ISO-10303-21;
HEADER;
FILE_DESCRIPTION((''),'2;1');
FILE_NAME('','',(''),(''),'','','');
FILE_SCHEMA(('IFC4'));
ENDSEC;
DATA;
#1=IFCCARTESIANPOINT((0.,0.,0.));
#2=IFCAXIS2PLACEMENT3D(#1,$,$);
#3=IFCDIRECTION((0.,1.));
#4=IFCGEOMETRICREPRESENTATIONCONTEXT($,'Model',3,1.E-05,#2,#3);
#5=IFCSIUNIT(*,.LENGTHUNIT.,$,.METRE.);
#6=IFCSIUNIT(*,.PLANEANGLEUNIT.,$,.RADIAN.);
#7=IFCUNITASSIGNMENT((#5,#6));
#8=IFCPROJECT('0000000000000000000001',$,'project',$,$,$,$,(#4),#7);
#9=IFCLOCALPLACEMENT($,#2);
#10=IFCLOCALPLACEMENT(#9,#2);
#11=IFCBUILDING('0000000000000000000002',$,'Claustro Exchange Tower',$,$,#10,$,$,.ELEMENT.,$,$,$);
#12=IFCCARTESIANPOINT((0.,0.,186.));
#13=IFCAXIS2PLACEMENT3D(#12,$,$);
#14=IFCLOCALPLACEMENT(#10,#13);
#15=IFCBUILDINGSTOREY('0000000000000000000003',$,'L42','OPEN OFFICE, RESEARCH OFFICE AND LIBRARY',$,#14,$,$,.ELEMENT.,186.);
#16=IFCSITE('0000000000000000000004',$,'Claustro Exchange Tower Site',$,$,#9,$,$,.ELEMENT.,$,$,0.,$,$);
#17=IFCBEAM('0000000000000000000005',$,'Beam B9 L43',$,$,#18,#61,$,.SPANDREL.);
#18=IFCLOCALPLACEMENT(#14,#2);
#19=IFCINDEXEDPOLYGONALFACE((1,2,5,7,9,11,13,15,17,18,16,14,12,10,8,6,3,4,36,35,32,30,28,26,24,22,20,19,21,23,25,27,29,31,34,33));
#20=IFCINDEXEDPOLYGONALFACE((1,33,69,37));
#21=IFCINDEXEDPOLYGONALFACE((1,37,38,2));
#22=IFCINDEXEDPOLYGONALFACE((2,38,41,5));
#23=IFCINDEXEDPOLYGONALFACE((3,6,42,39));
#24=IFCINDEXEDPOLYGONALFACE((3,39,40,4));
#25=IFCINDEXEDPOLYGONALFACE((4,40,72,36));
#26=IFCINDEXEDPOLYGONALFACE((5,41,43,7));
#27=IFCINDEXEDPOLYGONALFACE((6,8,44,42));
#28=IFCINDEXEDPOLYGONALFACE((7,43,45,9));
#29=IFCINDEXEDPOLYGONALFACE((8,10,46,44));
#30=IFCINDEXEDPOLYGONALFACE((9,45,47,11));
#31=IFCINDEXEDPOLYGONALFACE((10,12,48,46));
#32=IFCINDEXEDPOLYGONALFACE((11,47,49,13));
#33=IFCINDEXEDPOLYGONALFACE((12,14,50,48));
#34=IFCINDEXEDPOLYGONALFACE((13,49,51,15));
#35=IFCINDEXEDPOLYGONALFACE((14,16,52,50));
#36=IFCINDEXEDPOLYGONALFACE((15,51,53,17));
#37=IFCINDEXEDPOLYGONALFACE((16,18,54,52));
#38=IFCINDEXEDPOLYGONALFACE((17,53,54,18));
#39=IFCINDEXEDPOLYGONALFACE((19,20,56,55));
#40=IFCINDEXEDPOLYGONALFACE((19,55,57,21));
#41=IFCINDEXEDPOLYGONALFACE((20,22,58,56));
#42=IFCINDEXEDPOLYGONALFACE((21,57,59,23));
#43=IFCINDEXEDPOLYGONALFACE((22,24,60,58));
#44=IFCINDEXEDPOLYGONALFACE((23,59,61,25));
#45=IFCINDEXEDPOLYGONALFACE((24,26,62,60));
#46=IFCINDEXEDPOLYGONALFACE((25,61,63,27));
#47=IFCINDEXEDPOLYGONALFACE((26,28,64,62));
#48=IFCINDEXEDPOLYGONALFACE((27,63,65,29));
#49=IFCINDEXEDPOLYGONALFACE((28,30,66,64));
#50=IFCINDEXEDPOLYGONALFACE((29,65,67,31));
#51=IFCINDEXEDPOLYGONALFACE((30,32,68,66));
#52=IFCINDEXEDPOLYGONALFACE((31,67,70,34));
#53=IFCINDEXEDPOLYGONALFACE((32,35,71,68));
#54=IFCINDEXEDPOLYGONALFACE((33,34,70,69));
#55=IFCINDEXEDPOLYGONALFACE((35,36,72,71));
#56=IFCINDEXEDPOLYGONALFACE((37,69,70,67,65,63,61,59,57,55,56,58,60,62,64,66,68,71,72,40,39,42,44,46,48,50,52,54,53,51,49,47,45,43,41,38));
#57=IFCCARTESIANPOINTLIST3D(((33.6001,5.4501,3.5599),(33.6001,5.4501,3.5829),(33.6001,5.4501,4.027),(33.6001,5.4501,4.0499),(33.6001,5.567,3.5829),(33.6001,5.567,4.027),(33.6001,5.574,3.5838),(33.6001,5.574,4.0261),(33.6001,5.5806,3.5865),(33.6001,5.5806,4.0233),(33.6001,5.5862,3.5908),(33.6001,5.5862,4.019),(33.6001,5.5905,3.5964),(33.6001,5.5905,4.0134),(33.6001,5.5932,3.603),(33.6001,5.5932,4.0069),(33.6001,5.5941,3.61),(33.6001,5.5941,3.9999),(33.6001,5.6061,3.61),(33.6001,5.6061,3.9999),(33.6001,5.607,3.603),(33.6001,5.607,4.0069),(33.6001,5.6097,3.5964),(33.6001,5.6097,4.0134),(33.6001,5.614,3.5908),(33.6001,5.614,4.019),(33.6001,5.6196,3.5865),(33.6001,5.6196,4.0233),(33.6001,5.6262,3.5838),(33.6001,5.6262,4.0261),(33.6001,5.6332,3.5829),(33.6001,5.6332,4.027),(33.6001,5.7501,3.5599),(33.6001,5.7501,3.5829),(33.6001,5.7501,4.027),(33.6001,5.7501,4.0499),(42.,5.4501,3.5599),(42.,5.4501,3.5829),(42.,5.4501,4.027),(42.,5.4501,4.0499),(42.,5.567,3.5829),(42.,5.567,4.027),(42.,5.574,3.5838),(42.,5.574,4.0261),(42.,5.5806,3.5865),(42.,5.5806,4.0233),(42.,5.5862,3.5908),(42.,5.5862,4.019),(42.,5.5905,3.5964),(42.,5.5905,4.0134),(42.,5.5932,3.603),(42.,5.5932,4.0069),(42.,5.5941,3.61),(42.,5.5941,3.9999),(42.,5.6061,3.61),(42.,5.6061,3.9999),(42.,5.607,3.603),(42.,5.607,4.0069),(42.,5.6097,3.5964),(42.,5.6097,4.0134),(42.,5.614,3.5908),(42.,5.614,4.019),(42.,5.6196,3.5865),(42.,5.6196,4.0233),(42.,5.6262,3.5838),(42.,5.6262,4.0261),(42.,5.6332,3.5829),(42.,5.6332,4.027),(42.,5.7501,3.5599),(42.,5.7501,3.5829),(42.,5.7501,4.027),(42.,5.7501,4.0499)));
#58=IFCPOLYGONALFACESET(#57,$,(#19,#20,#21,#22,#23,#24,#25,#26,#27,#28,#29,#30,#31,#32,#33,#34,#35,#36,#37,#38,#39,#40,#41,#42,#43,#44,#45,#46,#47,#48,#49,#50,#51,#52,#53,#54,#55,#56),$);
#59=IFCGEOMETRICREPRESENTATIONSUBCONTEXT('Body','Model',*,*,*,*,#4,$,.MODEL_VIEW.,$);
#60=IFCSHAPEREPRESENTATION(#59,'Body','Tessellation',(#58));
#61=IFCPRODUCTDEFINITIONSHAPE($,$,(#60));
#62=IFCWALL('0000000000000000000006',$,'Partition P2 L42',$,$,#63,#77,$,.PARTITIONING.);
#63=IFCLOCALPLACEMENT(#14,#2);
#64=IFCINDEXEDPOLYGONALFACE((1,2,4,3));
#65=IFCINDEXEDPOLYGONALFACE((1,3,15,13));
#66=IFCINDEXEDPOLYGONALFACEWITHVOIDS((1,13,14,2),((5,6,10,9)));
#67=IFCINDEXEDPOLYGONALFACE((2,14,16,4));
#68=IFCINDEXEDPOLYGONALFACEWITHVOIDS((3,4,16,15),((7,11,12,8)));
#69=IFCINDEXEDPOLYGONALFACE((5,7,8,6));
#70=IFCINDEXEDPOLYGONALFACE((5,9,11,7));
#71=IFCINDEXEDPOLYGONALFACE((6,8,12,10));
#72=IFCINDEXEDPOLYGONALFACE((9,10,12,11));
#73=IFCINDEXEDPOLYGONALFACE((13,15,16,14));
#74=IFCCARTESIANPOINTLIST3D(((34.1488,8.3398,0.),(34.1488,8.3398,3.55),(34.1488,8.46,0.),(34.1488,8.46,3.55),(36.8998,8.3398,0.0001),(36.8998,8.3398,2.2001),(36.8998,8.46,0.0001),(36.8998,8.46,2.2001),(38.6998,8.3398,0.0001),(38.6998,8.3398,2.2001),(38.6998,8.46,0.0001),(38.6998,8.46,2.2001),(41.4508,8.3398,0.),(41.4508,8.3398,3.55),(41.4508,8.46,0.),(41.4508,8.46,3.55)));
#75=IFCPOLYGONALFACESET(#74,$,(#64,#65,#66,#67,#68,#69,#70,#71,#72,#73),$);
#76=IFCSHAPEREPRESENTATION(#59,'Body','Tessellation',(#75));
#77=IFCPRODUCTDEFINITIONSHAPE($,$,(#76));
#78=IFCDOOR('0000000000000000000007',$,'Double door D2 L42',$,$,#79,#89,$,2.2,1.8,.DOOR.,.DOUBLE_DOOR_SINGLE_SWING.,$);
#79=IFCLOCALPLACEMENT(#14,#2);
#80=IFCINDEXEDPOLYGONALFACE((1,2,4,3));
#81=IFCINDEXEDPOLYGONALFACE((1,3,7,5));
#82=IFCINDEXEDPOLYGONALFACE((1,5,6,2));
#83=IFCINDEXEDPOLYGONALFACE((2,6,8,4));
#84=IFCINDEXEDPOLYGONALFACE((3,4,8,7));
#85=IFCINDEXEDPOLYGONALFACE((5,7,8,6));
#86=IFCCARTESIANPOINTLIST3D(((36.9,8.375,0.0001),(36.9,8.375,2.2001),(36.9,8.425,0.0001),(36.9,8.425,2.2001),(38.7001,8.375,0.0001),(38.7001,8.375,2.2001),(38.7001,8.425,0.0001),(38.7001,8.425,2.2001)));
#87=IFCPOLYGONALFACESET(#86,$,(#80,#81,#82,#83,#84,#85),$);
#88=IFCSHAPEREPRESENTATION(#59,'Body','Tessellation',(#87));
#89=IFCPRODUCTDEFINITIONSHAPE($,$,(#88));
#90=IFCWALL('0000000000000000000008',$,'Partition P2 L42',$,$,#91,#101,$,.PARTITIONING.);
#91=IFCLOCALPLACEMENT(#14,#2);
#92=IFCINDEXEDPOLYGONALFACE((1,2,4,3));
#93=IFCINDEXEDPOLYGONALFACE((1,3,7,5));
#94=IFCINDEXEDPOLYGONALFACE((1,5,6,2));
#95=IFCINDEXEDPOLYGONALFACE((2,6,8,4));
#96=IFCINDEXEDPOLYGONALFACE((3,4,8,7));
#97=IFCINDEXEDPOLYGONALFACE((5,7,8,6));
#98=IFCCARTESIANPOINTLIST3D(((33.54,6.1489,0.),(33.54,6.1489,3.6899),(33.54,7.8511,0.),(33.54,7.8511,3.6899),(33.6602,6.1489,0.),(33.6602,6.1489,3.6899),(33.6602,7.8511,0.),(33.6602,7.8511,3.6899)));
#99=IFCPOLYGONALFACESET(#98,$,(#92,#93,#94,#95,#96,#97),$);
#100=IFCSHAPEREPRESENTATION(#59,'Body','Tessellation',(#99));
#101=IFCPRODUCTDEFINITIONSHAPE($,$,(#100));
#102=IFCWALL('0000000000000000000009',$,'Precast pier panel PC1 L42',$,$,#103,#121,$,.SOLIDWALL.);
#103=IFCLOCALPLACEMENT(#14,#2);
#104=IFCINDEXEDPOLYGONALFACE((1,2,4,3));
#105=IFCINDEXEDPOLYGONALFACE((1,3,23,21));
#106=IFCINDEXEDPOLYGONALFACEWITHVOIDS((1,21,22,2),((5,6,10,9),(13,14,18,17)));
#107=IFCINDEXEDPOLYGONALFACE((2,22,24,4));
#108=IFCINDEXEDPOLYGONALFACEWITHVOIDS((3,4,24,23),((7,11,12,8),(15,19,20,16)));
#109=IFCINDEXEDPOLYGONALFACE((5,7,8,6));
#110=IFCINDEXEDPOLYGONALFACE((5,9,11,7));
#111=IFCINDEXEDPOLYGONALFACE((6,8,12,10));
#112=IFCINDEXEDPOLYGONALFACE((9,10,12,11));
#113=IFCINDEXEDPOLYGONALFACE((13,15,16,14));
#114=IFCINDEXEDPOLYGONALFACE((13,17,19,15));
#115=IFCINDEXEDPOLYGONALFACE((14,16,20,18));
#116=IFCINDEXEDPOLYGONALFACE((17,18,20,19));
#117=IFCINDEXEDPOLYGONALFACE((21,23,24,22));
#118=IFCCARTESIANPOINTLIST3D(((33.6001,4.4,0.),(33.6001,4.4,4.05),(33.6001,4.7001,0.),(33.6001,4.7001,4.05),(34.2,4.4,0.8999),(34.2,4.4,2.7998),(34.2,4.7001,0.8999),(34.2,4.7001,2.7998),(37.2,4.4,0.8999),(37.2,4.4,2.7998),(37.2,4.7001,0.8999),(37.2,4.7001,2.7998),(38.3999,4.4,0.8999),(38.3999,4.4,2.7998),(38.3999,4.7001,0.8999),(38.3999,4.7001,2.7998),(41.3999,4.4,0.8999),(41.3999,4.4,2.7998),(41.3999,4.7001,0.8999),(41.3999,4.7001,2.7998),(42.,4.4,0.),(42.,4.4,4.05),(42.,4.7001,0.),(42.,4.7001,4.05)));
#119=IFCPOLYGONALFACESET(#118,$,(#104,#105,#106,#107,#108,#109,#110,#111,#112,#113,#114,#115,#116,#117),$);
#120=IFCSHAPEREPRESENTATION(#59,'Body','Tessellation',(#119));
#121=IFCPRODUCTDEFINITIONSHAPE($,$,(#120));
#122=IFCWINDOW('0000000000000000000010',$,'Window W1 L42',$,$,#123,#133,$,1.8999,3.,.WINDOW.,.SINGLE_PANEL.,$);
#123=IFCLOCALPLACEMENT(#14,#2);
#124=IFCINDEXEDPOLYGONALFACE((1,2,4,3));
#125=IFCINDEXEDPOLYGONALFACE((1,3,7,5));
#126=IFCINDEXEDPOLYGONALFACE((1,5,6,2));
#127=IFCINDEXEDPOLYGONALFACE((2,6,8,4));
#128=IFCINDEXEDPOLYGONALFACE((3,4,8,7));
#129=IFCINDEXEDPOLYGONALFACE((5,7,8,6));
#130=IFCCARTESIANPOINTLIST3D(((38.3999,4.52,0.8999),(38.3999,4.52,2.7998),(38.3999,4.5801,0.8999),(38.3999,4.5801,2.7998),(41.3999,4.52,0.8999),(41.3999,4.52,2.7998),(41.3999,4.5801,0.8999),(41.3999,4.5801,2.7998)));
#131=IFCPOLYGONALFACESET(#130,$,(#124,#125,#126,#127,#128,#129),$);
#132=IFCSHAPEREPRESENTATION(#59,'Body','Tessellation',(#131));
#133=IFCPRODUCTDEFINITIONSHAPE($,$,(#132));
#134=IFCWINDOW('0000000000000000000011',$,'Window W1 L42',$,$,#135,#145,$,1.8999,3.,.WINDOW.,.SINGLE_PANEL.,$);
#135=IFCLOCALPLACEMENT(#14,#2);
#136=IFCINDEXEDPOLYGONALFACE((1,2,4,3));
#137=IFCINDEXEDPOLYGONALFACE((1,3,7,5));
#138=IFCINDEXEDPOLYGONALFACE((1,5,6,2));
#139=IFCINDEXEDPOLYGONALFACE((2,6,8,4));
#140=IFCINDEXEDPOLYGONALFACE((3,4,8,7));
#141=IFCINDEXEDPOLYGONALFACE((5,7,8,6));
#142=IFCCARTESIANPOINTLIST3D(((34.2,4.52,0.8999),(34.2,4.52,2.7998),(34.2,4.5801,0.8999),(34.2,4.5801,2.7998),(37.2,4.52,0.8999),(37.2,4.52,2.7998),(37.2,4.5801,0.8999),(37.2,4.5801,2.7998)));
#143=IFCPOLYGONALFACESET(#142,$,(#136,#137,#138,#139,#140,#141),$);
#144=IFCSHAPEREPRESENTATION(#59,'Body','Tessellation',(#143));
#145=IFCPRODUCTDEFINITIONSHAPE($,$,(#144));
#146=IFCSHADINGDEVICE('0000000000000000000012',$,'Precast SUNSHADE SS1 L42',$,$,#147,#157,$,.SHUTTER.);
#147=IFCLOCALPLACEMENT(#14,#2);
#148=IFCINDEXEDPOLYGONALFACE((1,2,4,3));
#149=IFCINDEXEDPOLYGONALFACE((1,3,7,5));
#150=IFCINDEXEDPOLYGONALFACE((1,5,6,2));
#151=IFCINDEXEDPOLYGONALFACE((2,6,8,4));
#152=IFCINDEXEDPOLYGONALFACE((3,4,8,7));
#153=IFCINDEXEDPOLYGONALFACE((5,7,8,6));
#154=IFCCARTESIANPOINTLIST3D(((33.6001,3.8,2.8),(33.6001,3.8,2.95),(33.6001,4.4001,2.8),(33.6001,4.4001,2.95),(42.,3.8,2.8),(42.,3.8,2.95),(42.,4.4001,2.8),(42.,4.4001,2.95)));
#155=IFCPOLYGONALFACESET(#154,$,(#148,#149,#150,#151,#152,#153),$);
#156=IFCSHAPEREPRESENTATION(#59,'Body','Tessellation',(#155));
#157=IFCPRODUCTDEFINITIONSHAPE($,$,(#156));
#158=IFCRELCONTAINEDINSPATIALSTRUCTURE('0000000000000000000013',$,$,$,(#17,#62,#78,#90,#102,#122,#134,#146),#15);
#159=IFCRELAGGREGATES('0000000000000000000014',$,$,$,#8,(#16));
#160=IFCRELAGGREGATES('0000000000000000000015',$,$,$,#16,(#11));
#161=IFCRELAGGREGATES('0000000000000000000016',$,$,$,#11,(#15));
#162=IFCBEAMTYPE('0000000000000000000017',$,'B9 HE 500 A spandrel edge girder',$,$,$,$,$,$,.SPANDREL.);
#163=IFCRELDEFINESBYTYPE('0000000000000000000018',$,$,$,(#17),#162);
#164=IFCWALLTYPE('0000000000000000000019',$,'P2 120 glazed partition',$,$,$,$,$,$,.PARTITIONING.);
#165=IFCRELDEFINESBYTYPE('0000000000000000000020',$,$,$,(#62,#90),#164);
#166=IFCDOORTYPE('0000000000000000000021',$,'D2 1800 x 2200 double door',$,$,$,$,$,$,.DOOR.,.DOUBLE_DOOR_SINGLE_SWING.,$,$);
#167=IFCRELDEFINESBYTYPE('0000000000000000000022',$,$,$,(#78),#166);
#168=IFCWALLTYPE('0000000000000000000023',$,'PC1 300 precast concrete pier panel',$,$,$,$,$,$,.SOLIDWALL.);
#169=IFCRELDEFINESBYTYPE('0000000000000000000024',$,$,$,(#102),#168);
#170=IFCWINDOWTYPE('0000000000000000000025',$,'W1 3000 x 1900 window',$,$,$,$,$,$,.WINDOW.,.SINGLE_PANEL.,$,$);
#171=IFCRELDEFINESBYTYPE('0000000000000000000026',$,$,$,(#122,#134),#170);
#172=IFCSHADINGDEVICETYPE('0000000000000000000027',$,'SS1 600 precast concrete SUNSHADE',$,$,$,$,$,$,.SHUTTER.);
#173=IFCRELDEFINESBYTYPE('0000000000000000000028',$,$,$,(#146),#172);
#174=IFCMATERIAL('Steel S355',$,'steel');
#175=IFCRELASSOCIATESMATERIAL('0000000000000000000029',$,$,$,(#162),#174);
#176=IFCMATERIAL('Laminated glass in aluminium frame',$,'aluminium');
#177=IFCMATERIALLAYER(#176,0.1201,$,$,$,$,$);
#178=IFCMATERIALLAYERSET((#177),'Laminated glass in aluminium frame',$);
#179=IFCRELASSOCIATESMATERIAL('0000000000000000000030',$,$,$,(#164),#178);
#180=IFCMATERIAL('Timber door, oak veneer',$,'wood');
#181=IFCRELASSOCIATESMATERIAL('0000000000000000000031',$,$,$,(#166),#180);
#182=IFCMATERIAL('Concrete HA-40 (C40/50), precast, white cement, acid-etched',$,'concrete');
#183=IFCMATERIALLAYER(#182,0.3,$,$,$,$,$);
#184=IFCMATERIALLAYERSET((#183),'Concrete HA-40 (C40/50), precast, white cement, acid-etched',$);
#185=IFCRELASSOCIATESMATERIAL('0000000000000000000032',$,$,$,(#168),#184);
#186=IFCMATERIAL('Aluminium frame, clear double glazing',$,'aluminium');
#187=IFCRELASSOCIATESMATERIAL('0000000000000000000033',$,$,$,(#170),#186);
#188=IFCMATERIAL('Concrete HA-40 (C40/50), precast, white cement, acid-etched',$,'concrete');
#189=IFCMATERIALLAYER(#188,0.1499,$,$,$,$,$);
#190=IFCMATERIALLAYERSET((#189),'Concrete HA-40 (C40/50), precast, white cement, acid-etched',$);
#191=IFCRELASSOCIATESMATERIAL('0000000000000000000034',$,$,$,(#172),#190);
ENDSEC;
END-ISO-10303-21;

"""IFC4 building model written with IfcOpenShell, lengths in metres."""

from ifc_helpers import new_model, si_unit, direction, frame, frame_2d, origin, origin_2d, place, context, subcontext, project, spatial, rectangle, i_section, extrude, material, layer, layer_set, material_profile, profile_set, type_object, element, fill, save


model = new_model("IFC4")

# Units and contexts
model_context = context("Model", 3, precision=1e-05, world=origin(), true_north=direction((0.0, 1.0)))
body_context = subcontext(model_context, "Body", "Model", "MODEL_VIEW")
ifc_project = project(units=[si_unit("LENGTHUNIT", "METRE"), si_unit("PLANEANGLEUNIT", "RADIAN")], contexts=[model_context])

# Site, building, storey
site_placement = place(None, origin())
site = spatial("IfcSite", under=ifc_project, at=site_placement, Name="Claustro Exchange Tower Site", CompositionType="ELEMENT", RefElevation=0.0)
building_placement = place(site_placement, origin())
building = spatial("IfcBuilding", under=site, at=building_placement, Name="Claustro Exchange Tower", CompositionType="ELEMENT")
storey_placement = place(building_placement, frame((0.0, 0.0, 186.0)))
storey = spatial("IfcBuildingStorey", under=building, at=storey_placement, Name="L42", Description="OPEN OFFICE, RESEARCH OFFICE AND LIBRARY", CompositionType="ELEMENT", Elevation=186.0)

# Beam
ifc_material_1 = material(Name="Steel S355", Category="steel")
ifc_material_profile_1 = material_profile(ifc_material_1, i_section(OverallWidth=0.3, OverallDepth=0.49, WebThickness=0.012, FlangeThickness=0.0229, FilletRadius=0.0271, at=origin_2d()), Name="HE 500 A")
ifc_profile_set_1 = profile_set([ifc_material_profile_1], Name="Steel S355")
beam_type_1 = type_object("IfcBeamType", Name="B9 HE 500 A spandrel edge girder", PredefinedType="SPANDREL", material=ifc_profile_set_1)
beam_1_placement = place(storey_placement, frame((33.6001, 5.6001, 3.8049), z_axis=(1.0, 0.0, 0.0), x_axis=(0.0, 1.0, 0.0)))
element("IfcBeam", 1, at=beam_1_placement, inside=storey, type_object=beam_type_1, Name="Beam B9 L43", PredefinedType="SPANDREL", context=body_context, shape_type="SweptSolid", body=[
    extrude(i_section(OverallWidth=0.3, OverallDepth=0.49, WebThickness=0.012, FlangeThickness=0.0229, FilletRadius=0.0271, at=origin_2d()), origin(), (0.0, 0.0, 1.0), 8.3999),
])

# Wall, opening, door
ifc_material_2 = material(Name="Laminated glass in aluminium frame", Category="aluminium")
ifc_layer_1 = layer(ifc_material_2, 0.1201)
ifc_layer_set_1 = layer_set([ifc_layer_1], Name="Laminated glass in aluminium frame")
wall_type_1 = type_object("IfcWallType", Name="P2 120 glazed partition", PredefinedType="PARTITIONING", material=ifc_layer_set_1)
wall_1_placement = place(storey_placement, frame((34.1489, 8.3999, 0.0), z_axis=(0.0, 0.0, 1.0), x_axis=(1.0, 0.0, 0.0)))
wall_1 = element("IfcWall", 2, at=wall_1_placement, inside=storey, type_object=wall_type_1, Name="Partition P2 L42", PredefinedType="PARTITIONING", context=body_context, shape_type="SweptSolid", body=[
    extrude(rectangle(XDim=7.302, YDim=0.1201, at=frame_2d((3.6509, 0.0))), origin(), (0.0, 0.0, 1.0), 3.55),
])
opening_1_placement = place(wall_1_placement, frame((2.751, 0.0, 0.0)))
opening_1 = element("IfcOpeningElement", 3, at=opening_1_placement, cuts=wall_1, PredefinedType="OPENING", context=body_context, shape_type="SweptSolid", body=[
    extrude(rectangle(XDim=1.8, YDim=2.2, at=frame_2d((0.8999, 1.1001))), frame((0.0, 0.0701, 0.0), z_axis=(0.0, -1.0, 0.0), x_axis=(1.0, 0.0, 0.0)), (0.0, 0.0, 1.0), 0.1401),
])
ifc_material_3 = material(Name="Timber door, oak veneer", Category="wood")
door_type = type_object("IfcDoorType", Name="D2 1800 x 2200 double door", OperationType="DOUBLE_DOOR_SINGLE_SWING", PredefinedType="DOOR", material=ifc_material_3)
door_placement = place(opening_1_placement, frame((1.8, 0.0, 0.0), z_axis=(0.0, 0.0, 1.0), x_axis=(-1.0, 0.0, 0.0)))
door = element("IfcDoor", 4, at=door_placement, inside=storey, type_object=door_type, Name="Double door D2 L42", OperationType="DOUBLE_DOOR_SINGLE_SWING", OverallHeight=2.2, OverallWidth=1.8, PredefinedType="DOOR", context=body_context, shape_type="SweptSolid", body=[
    extrude(rectangle(XDim=1.8, YDim=2.2, at=frame_2d((0.8999, 1.1001))), frame((0.0, 0.0249, 0.0), z_axis=(0.0, -1.0, 0.0), x_axis=(1.0, 0.0, 0.0)), (0.0, 0.0, 1.0), 0.05),
])
fill(opening_1, door)

# Wall
wall_2_placement = place(storey_placement, frame((33.6001, 6.1489, 0.0), z_axis=(0.0, 0.0, 1.0), x_axis=(0.0, 1.0, 0.0)))
element("IfcWall", 5, at=wall_2_placement, inside=storey, type_object=wall_type_1, Name="Partition P2 L42", PredefinedType="PARTITIONING", context=body_context, shape_type="SweptSolid", body=[
    extrude(rectangle(XDim=1.7021, YDim=0.1201, at=frame_2d((0.8511, 0.0))), origin(), (0.0, 0.0, 1.0), 3.6899),
])

# Wall, openings, windows
ifc_material_4 = material(Name="Concrete HA-40 (C40/50), precast, white cement, acid-etched", Category="concrete")
ifc_layer_2 = layer(ifc_material_4, 0.3)
ifc_layer_set_2 = layer_set([ifc_layer_2], Name="Concrete HA-40 (C40/50), precast, white cement, acid-etched")
wall_type_2 = type_object("IfcWallType", Name="PC1 300 precast concrete pier panel", PredefinedType="SOLIDWALL", material=ifc_layer_set_2)
wall_3_placement = place(storey_placement, frame((42.0, 4.55, 0.0), z_axis=(0.0, 0.0, 1.0), x_axis=(-1.0, 0.0, 0.0)))
wall_3 = element("IfcWall", 6, at=wall_3_placement, inside=storey, type_object=wall_type_2, Name="Precast pier panel PC1 L42", PredefinedType="SOLIDWALL", context=body_context, shape_type="SweptSolid", body=[
    extrude(rectangle(XDim=8.3999, YDim=0.3, at=frame_2d((4.2, 0.0))), origin(), (0.0, 0.0, 1.0), 4.05),
])
opening_2_placement = place(wall_3_placement, frame((0.6001, 0.0, 0.8999)))
opening_2 = element("IfcOpeningElement", 7, at=opening_2_placement, cuts=wall_3, PredefinedType="OPENING", context=body_context, shape_type="SweptSolid", body=[
    extrude(rectangle(XDim=3.0, YDim=1.8999, at=frame_2d((1.5, 0.95))), frame((0.0, 0.1599, 0.0), z_axis=(0.0, -1.0, 0.0), x_axis=(1.0, 0.0, 0.0)), (0.0, 0.0, 1.0), 0.3201),
])
opening_3_placement = place(wall_3_placement, frame((4.8, 0.0, 0.8999)))
opening_3 = element("IfcOpeningElement", 8, at=opening_3_placement, cuts=wall_3, PredefinedType="OPENING", context=body_context, shape_type="SweptSolid", body=[
    extrude(rectangle(XDim=3.0, YDim=1.8999, at=frame_2d((1.5, 0.95))), frame((0.0, 0.1599, 0.0), z_axis=(0.0, -1.0, 0.0), x_axis=(1.0, 0.0, 0.0)), (0.0, 0.0, 1.0), 0.3201),
])
ifc_material_5 = material(Name="Aluminium frame, clear double glazing", Category="aluminium")
window_type = type_object("IfcWindowType", Name="W1 3000 x 1900 window", PartitioningType="SINGLE_PANEL", PredefinedType="WINDOW", material=ifc_material_5)
window_1_placement = place(opening_2_placement, origin())
window_1 = element("IfcWindow", 9, at=window_1_placement, inside=storey, type_object=window_type, Name="Window W1 L42", OverallHeight=1.8999, OverallWidth=3.0, PartitioningType="SINGLE_PANEL", PredefinedType="WINDOW", context=body_context, shape_type="SweptSolid", body=[
    extrude(rectangle(XDim=3.0, YDim=1.8999, at=frame_2d((1.5, 0.95))), frame((0.0, 0.03, 0.0), z_axis=(0.0, -1.0, 0.0), x_axis=(1.0, 0.0, 0.0)), (0.0, 0.0, 1.0), 0.0601),
])
fill(opening_2, window_1)
window_2_placement = place(opening_3_placement, origin())
window_2 = element("IfcWindow", 10, at=window_2_placement, inside=storey, type_object=window_type, Name="Window W1 L42", OverallHeight=1.8999, OverallWidth=3.0, PartitioningType="SINGLE_PANEL", PredefinedType="WINDOW", context=body_context, shape_type="SweptSolid", body=[
    extrude(rectangle(XDim=3.0, YDim=1.8999, at=frame_2d((1.5, 0.95))), frame((0.0, 0.03, 0.0), z_axis=(0.0, -1.0, 0.0), x_axis=(1.0, 0.0, 0.0)), (0.0, 0.0, 1.0), 0.0601),
])
fill(opening_3, window_2)

# Shading device
ifc_material_6 = material(Name="Concrete HA-40 (C40/50), precast, white cement, acid-etched", Category="concrete")
ifc_layer_3 = layer(ifc_material_6, 0.1499)
ifc_layer_set_3 = layer_set([ifc_layer_3], Name="Concrete HA-40 (C40/50), precast, white cement, acid-etched")
shading_device_type = type_object("IfcShadingDeviceType", Name="SS1 600 precast concrete SUNSHADE", PredefinedType="SHUTTER", material=ifc_layer_set_3)
shading_device_placement = place(storey_placement, frame((37.8, 4.1001, 2.8), z_axis=(0.0, 0.0, 1.0), x_axis=(-1.0, 0.0, 0.0)))
element("IfcShadingDevice", 11, at=shading_device_placement, inside=storey, type_object=shading_device_type, Name="Precast SUNSHADE SS1 L42", PredefinedType="SHUTTER", context=body_context, shape_type="SweptSolid", body=[
    extrude(rectangle(XDim=8.3999, YDim=0.6001, at=origin_2d()), origin(), (0.0, 0.0, 1.0), 0.1499),
])

save(model, "model.ifc")
